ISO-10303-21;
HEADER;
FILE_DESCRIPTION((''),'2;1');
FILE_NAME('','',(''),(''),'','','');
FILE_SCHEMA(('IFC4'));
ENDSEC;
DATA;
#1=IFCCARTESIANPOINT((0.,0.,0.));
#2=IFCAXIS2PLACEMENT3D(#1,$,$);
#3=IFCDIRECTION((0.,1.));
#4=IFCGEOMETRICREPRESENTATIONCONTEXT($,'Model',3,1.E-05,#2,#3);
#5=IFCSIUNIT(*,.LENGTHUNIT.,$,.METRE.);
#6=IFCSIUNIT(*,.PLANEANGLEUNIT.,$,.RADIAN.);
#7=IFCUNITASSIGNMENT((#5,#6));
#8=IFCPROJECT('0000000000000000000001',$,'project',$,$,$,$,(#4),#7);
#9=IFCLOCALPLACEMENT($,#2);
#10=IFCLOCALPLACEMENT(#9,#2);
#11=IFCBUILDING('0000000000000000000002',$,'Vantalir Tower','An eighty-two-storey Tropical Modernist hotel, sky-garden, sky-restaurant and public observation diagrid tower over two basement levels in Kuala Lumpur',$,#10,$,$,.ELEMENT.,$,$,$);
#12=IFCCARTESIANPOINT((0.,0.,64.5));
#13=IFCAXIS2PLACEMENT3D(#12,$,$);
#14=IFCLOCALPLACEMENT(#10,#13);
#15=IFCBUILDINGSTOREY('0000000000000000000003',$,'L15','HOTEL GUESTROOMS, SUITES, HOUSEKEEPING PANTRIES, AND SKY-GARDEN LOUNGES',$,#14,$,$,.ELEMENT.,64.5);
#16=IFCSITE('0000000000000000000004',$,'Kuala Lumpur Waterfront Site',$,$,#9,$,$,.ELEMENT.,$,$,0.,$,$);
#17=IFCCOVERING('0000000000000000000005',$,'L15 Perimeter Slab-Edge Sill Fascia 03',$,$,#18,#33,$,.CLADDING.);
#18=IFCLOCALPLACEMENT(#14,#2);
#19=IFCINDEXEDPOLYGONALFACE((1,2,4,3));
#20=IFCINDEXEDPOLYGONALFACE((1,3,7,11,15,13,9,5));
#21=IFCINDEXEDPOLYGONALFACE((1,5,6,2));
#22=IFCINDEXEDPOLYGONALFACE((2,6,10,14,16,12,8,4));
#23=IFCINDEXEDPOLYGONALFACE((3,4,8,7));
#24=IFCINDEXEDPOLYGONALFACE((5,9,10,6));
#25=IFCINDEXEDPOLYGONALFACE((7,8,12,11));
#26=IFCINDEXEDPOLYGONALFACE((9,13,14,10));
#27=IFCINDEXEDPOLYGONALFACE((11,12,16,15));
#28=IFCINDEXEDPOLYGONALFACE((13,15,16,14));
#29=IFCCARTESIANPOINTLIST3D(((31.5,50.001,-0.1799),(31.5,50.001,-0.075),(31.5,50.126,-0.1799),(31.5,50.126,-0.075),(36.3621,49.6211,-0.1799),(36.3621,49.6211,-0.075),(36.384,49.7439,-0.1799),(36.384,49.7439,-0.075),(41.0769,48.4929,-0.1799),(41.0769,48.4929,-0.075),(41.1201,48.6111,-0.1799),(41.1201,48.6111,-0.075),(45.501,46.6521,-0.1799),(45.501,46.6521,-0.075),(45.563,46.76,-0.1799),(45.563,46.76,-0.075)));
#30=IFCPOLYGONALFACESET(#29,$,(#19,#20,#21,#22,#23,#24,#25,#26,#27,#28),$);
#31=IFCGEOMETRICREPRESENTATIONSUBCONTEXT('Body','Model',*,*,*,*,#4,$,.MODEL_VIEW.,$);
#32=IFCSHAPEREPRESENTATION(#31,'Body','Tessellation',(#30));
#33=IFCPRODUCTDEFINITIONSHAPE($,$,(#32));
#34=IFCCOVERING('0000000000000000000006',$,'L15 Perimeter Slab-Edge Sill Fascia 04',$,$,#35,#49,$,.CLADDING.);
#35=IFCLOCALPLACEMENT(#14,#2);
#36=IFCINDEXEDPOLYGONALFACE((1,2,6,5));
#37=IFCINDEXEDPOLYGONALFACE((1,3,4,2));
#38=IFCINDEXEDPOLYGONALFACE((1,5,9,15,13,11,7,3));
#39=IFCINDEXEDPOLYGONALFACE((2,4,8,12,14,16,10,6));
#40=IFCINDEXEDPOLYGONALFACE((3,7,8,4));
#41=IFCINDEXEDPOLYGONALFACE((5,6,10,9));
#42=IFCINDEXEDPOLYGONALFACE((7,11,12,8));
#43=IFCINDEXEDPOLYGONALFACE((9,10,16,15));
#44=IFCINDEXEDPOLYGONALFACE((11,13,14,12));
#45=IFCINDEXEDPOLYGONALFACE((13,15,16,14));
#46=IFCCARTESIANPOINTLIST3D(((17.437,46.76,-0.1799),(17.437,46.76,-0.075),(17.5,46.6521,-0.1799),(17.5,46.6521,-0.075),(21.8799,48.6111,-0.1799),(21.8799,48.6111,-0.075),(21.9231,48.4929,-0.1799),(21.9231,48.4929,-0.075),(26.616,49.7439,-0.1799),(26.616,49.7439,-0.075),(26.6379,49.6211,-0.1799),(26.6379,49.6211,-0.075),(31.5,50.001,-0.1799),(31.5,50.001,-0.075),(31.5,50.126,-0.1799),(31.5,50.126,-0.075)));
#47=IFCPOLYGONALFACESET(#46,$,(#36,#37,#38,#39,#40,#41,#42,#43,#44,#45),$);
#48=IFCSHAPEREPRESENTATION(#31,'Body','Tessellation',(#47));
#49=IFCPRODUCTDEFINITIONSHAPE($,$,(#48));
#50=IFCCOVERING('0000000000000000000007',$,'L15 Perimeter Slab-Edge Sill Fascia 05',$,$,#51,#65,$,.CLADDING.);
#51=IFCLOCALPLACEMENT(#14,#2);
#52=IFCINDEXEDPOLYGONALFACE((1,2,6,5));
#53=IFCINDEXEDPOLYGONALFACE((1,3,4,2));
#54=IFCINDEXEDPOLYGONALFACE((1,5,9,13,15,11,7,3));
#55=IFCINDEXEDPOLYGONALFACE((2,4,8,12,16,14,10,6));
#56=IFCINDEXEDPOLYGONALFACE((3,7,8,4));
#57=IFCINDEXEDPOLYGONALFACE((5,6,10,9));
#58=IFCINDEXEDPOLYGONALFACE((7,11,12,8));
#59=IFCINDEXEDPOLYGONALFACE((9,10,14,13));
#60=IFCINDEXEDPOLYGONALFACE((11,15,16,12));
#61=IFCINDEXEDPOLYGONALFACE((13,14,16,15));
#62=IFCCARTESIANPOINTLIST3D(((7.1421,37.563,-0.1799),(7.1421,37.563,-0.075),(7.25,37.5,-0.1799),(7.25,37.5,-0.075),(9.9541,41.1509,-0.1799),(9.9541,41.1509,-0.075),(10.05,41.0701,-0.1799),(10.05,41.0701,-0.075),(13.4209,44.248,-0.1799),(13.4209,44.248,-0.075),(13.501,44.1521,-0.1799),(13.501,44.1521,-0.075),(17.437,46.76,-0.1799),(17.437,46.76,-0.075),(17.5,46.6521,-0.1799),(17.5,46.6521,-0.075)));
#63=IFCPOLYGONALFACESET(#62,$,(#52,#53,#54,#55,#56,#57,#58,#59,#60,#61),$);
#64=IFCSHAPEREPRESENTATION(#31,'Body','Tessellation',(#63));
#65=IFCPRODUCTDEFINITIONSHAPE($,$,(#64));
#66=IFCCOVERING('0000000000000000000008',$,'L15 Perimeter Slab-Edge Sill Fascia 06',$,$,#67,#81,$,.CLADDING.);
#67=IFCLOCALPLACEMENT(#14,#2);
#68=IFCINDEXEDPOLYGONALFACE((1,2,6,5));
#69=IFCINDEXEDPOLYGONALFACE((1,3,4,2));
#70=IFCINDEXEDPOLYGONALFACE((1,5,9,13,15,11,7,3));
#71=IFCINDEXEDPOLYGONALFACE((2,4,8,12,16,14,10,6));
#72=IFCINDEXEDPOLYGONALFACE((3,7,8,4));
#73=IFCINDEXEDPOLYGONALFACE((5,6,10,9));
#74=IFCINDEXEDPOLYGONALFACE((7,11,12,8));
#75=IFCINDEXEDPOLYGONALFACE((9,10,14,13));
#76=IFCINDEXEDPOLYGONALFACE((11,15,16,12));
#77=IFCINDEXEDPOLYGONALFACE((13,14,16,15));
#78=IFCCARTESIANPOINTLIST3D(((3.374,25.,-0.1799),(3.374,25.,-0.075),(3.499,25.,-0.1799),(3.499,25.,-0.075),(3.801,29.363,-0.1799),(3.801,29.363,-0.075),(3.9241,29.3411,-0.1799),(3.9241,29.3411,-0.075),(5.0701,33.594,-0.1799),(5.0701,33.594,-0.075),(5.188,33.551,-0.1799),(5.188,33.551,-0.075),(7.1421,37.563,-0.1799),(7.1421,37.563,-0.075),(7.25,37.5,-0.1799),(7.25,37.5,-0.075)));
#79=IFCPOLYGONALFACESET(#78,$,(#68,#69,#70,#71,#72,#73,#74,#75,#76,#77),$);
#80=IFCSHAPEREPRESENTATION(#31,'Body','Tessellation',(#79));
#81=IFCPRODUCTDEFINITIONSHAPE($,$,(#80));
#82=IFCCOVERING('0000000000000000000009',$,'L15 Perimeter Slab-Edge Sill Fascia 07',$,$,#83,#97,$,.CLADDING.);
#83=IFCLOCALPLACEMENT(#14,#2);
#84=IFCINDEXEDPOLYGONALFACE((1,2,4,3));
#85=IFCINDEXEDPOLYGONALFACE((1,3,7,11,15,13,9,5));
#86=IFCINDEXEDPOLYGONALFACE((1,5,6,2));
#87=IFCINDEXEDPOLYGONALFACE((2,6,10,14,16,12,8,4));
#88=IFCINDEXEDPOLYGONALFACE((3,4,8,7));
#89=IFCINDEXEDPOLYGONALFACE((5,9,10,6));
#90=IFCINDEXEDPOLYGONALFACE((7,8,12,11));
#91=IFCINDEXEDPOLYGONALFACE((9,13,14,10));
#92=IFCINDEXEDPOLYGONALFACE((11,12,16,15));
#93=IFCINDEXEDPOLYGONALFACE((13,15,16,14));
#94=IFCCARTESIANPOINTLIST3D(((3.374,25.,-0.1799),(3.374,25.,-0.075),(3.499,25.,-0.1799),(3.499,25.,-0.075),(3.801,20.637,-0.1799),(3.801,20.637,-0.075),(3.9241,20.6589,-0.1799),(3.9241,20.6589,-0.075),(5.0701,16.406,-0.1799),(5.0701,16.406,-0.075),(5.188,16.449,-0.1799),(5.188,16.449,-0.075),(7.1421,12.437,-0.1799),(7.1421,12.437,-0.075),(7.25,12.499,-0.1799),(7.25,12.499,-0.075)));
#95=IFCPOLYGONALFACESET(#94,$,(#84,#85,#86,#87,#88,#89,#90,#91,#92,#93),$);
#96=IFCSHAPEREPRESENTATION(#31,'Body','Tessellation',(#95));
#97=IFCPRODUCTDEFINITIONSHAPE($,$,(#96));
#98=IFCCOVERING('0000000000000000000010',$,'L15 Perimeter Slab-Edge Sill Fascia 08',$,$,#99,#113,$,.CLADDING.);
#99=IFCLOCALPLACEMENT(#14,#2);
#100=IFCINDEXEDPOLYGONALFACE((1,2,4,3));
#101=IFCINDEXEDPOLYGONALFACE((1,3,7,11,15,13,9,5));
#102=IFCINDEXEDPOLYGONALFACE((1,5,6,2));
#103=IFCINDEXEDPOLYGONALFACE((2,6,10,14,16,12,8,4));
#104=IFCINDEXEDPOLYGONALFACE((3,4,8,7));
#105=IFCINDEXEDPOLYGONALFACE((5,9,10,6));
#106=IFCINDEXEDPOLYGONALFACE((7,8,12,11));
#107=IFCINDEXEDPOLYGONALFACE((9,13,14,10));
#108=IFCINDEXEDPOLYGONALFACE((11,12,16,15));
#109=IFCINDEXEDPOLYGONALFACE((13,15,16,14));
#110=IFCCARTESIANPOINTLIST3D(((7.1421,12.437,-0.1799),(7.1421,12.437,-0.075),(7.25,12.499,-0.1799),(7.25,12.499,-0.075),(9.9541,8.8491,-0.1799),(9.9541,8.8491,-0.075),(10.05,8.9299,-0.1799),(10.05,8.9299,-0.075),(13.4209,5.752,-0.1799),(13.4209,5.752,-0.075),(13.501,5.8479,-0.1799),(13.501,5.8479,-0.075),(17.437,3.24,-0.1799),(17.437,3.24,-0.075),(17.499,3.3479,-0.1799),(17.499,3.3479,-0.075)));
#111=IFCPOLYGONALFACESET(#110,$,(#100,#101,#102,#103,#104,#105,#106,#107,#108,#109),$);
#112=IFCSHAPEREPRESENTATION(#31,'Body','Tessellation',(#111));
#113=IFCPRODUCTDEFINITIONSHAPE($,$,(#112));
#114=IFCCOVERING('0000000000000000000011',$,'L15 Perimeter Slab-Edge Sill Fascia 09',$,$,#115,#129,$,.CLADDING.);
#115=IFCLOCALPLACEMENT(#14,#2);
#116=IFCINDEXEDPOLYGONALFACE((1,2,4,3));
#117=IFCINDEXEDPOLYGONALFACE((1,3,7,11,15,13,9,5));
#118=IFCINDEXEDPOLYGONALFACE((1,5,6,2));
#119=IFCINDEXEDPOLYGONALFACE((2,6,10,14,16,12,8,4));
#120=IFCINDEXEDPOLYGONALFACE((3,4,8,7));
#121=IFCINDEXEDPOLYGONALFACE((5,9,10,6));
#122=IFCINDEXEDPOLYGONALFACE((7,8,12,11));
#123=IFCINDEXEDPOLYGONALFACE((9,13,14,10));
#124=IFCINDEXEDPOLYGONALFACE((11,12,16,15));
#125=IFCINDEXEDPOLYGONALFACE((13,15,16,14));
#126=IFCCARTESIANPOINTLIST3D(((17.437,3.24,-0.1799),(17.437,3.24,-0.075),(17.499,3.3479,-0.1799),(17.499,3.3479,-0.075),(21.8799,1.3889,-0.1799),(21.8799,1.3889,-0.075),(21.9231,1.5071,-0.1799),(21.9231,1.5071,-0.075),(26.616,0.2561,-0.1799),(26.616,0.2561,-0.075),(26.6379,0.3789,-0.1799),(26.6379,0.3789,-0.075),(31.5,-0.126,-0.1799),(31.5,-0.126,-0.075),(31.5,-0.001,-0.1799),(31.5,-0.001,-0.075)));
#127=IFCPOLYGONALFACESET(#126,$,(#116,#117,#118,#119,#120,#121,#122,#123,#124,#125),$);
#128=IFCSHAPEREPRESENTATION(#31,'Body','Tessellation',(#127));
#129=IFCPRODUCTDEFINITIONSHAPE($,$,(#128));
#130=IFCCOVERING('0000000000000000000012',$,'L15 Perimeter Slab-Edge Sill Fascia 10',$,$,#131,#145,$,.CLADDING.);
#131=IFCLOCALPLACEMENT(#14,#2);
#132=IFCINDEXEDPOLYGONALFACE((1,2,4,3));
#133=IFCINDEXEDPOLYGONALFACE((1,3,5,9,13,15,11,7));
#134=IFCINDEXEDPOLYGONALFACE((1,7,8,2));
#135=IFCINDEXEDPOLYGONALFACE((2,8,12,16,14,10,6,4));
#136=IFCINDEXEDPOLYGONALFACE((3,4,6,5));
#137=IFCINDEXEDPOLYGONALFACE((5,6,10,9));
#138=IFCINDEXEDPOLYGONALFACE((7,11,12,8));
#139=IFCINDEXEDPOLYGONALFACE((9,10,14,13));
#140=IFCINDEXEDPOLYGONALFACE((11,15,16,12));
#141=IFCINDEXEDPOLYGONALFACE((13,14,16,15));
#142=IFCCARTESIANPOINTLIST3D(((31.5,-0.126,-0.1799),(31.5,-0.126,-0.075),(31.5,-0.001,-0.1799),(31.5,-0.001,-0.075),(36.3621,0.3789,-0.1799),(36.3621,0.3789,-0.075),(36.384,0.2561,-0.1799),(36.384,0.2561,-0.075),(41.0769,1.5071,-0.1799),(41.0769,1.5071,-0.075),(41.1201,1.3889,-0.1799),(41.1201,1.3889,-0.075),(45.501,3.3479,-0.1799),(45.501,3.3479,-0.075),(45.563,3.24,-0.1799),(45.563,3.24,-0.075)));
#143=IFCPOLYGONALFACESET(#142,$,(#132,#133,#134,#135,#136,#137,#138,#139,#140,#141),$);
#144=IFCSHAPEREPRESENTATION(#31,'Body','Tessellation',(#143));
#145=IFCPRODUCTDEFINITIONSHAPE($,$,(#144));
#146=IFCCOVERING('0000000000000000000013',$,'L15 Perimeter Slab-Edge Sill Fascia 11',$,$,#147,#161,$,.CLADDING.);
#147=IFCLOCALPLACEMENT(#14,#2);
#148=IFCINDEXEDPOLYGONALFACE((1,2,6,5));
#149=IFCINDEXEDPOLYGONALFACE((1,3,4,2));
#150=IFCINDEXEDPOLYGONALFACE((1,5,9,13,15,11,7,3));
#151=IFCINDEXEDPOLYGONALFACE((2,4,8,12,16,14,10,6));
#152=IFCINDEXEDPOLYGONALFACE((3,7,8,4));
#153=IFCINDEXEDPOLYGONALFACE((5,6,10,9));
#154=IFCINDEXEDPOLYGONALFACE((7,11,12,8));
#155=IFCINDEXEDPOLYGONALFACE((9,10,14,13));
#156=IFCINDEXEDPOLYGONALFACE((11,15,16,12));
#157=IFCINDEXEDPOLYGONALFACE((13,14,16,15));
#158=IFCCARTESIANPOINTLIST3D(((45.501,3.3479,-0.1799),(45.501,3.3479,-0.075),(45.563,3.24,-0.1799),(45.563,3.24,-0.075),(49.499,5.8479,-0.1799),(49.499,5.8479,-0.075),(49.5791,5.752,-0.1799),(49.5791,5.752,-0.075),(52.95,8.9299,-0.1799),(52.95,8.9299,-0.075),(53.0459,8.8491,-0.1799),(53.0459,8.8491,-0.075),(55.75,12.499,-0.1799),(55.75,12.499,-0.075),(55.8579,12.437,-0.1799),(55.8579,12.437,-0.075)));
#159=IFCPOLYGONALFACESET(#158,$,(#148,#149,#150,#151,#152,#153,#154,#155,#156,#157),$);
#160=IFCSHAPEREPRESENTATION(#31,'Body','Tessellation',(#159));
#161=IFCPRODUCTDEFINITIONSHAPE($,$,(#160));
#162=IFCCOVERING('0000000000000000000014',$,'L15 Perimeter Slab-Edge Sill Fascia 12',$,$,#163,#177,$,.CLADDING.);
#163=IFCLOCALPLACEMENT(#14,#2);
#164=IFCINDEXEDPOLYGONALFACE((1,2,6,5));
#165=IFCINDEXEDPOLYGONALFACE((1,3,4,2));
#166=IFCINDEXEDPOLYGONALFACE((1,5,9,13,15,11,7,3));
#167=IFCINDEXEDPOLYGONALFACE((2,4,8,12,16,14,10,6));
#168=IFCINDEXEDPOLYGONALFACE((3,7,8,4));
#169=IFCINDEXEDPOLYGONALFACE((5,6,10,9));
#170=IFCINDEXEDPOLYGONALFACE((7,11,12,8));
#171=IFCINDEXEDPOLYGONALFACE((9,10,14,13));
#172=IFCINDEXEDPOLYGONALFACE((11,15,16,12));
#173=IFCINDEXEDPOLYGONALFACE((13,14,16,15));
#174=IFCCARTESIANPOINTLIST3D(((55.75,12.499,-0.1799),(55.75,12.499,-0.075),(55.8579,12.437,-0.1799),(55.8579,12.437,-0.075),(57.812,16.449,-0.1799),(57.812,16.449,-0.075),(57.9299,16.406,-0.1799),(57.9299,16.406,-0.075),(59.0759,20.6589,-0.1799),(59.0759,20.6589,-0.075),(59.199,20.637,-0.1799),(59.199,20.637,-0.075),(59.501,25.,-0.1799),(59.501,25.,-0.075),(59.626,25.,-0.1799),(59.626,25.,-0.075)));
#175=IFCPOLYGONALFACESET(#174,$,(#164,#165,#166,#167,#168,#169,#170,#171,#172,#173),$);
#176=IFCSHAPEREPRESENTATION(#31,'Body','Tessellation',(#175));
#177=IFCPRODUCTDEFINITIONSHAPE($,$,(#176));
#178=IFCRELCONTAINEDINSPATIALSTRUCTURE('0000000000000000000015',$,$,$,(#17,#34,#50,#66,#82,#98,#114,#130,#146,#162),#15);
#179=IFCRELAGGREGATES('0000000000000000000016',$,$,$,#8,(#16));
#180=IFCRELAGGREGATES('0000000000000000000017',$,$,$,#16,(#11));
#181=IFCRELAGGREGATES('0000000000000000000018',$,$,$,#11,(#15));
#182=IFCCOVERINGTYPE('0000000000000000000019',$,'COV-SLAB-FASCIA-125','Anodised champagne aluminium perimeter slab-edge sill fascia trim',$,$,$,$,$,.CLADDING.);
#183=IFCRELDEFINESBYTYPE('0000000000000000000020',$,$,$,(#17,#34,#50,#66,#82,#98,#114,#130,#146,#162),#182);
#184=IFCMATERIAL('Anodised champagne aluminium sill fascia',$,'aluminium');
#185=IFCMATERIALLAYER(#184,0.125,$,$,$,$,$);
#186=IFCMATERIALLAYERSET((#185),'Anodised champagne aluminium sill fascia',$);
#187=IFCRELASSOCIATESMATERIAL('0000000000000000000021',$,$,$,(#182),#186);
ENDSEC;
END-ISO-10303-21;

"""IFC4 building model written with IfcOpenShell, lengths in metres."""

from ifc_helpers import new_model, si_unit, direction, frame, origin, place, context, subcontext, project, spatial, polyline, outline, extrude, material, layer, layer_set, type_object, element, save


model = new_model("IFC4")

# Units and contexts
model_context = context("Model", 3, precision=1e-05, world=origin(), true_north=direction((0.0, 1.0)))
body_context = subcontext(model_context, "Body", "Model", "MODEL_VIEW")
ifc_project = project(units=[si_unit("LENGTHUNIT", "METRE"), si_unit("PLANEANGLEUNIT", "RADIAN")], contexts=[model_context])

# Site, building, storey
site_placement = place(None, origin())
site = spatial("IfcSite", under=ifc_project, at=site_placement, Name="Kuala Lumpur Waterfront Site", CompositionType="ELEMENT", RefElevation=0.0)
building_placement = place(site_placement, origin())
building = spatial("IfcBuilding", under=site, at=building_placement, Name="Vantalir Tower", Description="An eighty-two-storey Tropical Modernist hotel, sky-garden, sky-restaurant and public observation diagrid tower over two basement levels in Kuala Lumpur", CompositionType="ELEMENT")
storey_placement = place(building_placement, frame((0.0, 0.0, 64.5)))
storey = spatial("IfcBuildingStorey", under=building, at=storey_placement, Name="L15", Description="HOTEL GUESTROOMS, SUITES, HOUSEKEEPING PANTRIES, AND SKY-GARDEN LOUNGES", CompositionType="ELEMENT", Elevation=64.5)

# Coverings
ifc_material_1 = material(Name="Anodised champagne aluminium sill fascia", Category="aluminium")
ifc_layer_1 = layer(ifc_material_1, 0.125)
ifc_layer_set_1 = layer_set([ifc_layer_1], Name="Anodised champagne aluminium sill fascia")
covering_type = type_object("IfcCoveringType", Name="COV-SLAB-FASCIA-125", Description="Anodised champagne aluminium perimeter slab-edge sill fascia trim", PredefinedType="CLADDING", material=ifc_layer_set_1)
covering_1_placement = place(storey_placement, frame((0.0, 0.0, -0.1799)))
element("IfcCovering", 1, at=covering_1_placement, inside=storey, type_object=covering_type, Name="L15 Perimeter Slab-Edge Sill Fascia 03", PredefinedType="CLADDING", context=body_context, shape_type="SweptSolid", body=[
    extrude(outline(polyline([(45.563, 46.76), (41.1201, 48.6111), (36.384, 49.7439), (31.5, 50.126), (31.5, 50.001), (36.3621, 49.6211), (41.0769, 48.4929), (45.501, 46.6521), (45.563, 46.76)])), origin(), (0.0, 0.0, 1.0), 0.105),
])
covering_2_placement = place(storey_placement, frame((0.0, 0.0, -0.1799)))
element("IfcCovering", 2, at=covering_2_placement, inside=storey, type_object=covering_type, Name="L15 Perimeter Slab-Edge Sill Fascia 04", PredefinedType="CLADDING", context=body_context, shape_type="SweptSolid", body=[
    extrude(outline(polyline([(31.5, 50.126), (26.616, 49.7439), (21.8799, 48.6111), (17.437, 46.76), (17.5, 46.6521), (21.9231, 48.4929), (26.6379, 49.6211), (31.5, 50.001), (31.5, 50.126)])), origin(), (0.0, 0.0, 1.0), 0.105),
])
covering_3_placement = place(storey_placement, frame((0.0, 0.0, -0.1799)))
element("IfcCovering", 3, at=covering_3_placement, inside=storey, type_object=covering_type, Name="L15 Perimeter Slab-Edge Sill Fascia 05", PredefinedType="CLADDING", context=body_context, shape_type="SweptSolid", body=[
    extrude(outline(polyline([(17.437, 46.76), (13.4209, 44.248), (9.9541, 41.1509), (7.1421, 37.563), (7.25, 37.5), (10.05, 41.0701), (13.501, 44.1521), (17.5, 46.6521), (17.437, 46.76)])), origin(), (0.0, 0.0, 1.0), 0.105),
])
covering_4_placement = place(storey_placement, frame((0.0, 0.0, -0.1799)))
element("IfcCovering", 4, at=covering_4_placement, inside=storey, type_object=covering_type, Name="L15 Perimeter Slab-Edge Sill Fascia 06", PredefinedType="CLADDING", context=body_context, shape_type="SweptSolid", body=[
    extrude(outline(polyline([(7.1421, 37.563), (5.0701, 33.594), (3.801, 29.363), (3.374, 25.0), (3.499, 25.0), (3.9241, 29.3411), (5.188, 33.551), (7.25, 37.5), (7.1421, 37.563)])), origin(), (0.0, 0.0, 1.0), 0.105),
])
covering_5_placement = place(storey_placement, frame((0.0, 0.0, -0.1799)))
element("IfcCovering", 5, at=covering_5_placement, inside=storey, type_object=covering_type, Name="L15 Perimeter Slab-Edge Sill Fascia 07", PredefinedType="CLADDING", context=body_context, shape_type="SweptSolid", body=[
    extrude(outline(polyline([(3.374, 25.0), (3.801, 20.637), (5.0701, 16.406), (7.1421, 12.437), (7.25, 12.499), (5.188, 16.449), (3.9241, 20.6589), (3.499, 25.0), (3.374, 25.0)])), origin(), (0.0, 0.0, 1.0), 0.105),
])
covering_6_placement = place(storey_placement, frame((0.0, 0.0, -0.1799)))
element("IfcCovering", 6, at=covering_6_placement, inside=storey, type_object=covering_type, Name="L15 Perimeter Slab-Edge Sill Fascia 08", PredefinedType="CLADDING", context=body_context, shape_type="SweptSolid", body=[
    extrude(outline(polyline([(7.1421, 12.437), (9.9541, 8.8491), (13.4209, 5.752), (17.437, 3.24), (17.499, 3.3479), (13.501, 5.8479), (10.05, 8.9299), (7.25, 12.499), (7.1421, 12.437)])), origin(), (0.0, 0.0, 1.0), 0.105),
])
covering_7_placement = place(storey_placement, frame((0.0, 0.0, -0.1799)))
element("IfcCovering", 7, at=covering_7_placement, inside=storey, type_object=covering_type, Name="L15 Perimeter Slab-Edge Sill Fascia 09", PredefinedType="CLADDING", context=body_context, shape_type="SweptSolid", body=[
    extrude(outline(polyline([(17.437, 3.24), (21.8799, 1.3889), (26.616, 0.2561), (31.5, -0.126), (31.5, -0.001), (26.6379, 0.3789), (21.9231, 1.5071), (17.499, 3.3479), (17.437, 3.24)])), origin(), (0.0, 0.0, 1.0), 0.105),
])
covering_8_placement = place(storey_placement, frame((0.0, 0.0, -0.1799)))
element("IfcCovering", 8, at=covering_8_placement, inside=storey, type_object=covering_type, Name="L15 Perimeter Slab-Edge Sill Fascia 10", PredefinedType="CLADDING", context=body_context, shape_type="SweptSolid", body=[
    extrude(outline(polyline([(31.5, -0.126), (36.384, 0.2561), (41.1201, 1.3889), (45.563, 3.24), (45.501, 3.3479), (41.0769, 1.5071), (36.3621, 0.3789), (31.5, -0.001), (31.5, -0.126)])), origin(), (0.0, 0.0, 1.0), 0.105),
])
covering_9_placement = place(storey_placement, frame((0.0, 0.0, -0.1799)))
element("IfcCovering", 9, at=covering_9_placement, inside=storey, type_object=covering_type, Name="L15 Perimeter Slab-Edge Sill Fascia 11", PredefinedType="CLADDING", context=body_context, shape_type="SweptSolid", body=[
    extrude(outline(polyline([(45.563, 3.24), (49.5791, 5.752), (53.0459, 8.8491), (55.8579, 12.437), (55.75, 12.499), (52.95, 8.9299), (49.499, 5.8479), (45.501, 3.3479), (45.563, 3.24)])), origin(), (0.0, 0.0, 1.0), 0.105),
])
covering_10_placement = place(storey_placement, frame((0.0, 0.0, -0.1799)))
element("IfcCovering", 10, at=covering_10_placement, inside=storey, type_object=covering_type, Name="L15 Perimeter Slab-Edge Sill Fascia 12", PredefinedType="CLADDING", context=body_context, shape_type="SweptSolid", body=[
    extrude(outline(polyline([(55.8579, 12.437), (57.9299, 16.406), (59.199, 20.637), (59.626, 25.0), (59.501, 25.0), (59.0759, 20.6589), (57.812, 16.449), (55.75, 12.499), (55.8579, 12.437)])), origin(), (0.0, 0.0, 1.0), 0.105),
])

save(model, "model.ifc")
